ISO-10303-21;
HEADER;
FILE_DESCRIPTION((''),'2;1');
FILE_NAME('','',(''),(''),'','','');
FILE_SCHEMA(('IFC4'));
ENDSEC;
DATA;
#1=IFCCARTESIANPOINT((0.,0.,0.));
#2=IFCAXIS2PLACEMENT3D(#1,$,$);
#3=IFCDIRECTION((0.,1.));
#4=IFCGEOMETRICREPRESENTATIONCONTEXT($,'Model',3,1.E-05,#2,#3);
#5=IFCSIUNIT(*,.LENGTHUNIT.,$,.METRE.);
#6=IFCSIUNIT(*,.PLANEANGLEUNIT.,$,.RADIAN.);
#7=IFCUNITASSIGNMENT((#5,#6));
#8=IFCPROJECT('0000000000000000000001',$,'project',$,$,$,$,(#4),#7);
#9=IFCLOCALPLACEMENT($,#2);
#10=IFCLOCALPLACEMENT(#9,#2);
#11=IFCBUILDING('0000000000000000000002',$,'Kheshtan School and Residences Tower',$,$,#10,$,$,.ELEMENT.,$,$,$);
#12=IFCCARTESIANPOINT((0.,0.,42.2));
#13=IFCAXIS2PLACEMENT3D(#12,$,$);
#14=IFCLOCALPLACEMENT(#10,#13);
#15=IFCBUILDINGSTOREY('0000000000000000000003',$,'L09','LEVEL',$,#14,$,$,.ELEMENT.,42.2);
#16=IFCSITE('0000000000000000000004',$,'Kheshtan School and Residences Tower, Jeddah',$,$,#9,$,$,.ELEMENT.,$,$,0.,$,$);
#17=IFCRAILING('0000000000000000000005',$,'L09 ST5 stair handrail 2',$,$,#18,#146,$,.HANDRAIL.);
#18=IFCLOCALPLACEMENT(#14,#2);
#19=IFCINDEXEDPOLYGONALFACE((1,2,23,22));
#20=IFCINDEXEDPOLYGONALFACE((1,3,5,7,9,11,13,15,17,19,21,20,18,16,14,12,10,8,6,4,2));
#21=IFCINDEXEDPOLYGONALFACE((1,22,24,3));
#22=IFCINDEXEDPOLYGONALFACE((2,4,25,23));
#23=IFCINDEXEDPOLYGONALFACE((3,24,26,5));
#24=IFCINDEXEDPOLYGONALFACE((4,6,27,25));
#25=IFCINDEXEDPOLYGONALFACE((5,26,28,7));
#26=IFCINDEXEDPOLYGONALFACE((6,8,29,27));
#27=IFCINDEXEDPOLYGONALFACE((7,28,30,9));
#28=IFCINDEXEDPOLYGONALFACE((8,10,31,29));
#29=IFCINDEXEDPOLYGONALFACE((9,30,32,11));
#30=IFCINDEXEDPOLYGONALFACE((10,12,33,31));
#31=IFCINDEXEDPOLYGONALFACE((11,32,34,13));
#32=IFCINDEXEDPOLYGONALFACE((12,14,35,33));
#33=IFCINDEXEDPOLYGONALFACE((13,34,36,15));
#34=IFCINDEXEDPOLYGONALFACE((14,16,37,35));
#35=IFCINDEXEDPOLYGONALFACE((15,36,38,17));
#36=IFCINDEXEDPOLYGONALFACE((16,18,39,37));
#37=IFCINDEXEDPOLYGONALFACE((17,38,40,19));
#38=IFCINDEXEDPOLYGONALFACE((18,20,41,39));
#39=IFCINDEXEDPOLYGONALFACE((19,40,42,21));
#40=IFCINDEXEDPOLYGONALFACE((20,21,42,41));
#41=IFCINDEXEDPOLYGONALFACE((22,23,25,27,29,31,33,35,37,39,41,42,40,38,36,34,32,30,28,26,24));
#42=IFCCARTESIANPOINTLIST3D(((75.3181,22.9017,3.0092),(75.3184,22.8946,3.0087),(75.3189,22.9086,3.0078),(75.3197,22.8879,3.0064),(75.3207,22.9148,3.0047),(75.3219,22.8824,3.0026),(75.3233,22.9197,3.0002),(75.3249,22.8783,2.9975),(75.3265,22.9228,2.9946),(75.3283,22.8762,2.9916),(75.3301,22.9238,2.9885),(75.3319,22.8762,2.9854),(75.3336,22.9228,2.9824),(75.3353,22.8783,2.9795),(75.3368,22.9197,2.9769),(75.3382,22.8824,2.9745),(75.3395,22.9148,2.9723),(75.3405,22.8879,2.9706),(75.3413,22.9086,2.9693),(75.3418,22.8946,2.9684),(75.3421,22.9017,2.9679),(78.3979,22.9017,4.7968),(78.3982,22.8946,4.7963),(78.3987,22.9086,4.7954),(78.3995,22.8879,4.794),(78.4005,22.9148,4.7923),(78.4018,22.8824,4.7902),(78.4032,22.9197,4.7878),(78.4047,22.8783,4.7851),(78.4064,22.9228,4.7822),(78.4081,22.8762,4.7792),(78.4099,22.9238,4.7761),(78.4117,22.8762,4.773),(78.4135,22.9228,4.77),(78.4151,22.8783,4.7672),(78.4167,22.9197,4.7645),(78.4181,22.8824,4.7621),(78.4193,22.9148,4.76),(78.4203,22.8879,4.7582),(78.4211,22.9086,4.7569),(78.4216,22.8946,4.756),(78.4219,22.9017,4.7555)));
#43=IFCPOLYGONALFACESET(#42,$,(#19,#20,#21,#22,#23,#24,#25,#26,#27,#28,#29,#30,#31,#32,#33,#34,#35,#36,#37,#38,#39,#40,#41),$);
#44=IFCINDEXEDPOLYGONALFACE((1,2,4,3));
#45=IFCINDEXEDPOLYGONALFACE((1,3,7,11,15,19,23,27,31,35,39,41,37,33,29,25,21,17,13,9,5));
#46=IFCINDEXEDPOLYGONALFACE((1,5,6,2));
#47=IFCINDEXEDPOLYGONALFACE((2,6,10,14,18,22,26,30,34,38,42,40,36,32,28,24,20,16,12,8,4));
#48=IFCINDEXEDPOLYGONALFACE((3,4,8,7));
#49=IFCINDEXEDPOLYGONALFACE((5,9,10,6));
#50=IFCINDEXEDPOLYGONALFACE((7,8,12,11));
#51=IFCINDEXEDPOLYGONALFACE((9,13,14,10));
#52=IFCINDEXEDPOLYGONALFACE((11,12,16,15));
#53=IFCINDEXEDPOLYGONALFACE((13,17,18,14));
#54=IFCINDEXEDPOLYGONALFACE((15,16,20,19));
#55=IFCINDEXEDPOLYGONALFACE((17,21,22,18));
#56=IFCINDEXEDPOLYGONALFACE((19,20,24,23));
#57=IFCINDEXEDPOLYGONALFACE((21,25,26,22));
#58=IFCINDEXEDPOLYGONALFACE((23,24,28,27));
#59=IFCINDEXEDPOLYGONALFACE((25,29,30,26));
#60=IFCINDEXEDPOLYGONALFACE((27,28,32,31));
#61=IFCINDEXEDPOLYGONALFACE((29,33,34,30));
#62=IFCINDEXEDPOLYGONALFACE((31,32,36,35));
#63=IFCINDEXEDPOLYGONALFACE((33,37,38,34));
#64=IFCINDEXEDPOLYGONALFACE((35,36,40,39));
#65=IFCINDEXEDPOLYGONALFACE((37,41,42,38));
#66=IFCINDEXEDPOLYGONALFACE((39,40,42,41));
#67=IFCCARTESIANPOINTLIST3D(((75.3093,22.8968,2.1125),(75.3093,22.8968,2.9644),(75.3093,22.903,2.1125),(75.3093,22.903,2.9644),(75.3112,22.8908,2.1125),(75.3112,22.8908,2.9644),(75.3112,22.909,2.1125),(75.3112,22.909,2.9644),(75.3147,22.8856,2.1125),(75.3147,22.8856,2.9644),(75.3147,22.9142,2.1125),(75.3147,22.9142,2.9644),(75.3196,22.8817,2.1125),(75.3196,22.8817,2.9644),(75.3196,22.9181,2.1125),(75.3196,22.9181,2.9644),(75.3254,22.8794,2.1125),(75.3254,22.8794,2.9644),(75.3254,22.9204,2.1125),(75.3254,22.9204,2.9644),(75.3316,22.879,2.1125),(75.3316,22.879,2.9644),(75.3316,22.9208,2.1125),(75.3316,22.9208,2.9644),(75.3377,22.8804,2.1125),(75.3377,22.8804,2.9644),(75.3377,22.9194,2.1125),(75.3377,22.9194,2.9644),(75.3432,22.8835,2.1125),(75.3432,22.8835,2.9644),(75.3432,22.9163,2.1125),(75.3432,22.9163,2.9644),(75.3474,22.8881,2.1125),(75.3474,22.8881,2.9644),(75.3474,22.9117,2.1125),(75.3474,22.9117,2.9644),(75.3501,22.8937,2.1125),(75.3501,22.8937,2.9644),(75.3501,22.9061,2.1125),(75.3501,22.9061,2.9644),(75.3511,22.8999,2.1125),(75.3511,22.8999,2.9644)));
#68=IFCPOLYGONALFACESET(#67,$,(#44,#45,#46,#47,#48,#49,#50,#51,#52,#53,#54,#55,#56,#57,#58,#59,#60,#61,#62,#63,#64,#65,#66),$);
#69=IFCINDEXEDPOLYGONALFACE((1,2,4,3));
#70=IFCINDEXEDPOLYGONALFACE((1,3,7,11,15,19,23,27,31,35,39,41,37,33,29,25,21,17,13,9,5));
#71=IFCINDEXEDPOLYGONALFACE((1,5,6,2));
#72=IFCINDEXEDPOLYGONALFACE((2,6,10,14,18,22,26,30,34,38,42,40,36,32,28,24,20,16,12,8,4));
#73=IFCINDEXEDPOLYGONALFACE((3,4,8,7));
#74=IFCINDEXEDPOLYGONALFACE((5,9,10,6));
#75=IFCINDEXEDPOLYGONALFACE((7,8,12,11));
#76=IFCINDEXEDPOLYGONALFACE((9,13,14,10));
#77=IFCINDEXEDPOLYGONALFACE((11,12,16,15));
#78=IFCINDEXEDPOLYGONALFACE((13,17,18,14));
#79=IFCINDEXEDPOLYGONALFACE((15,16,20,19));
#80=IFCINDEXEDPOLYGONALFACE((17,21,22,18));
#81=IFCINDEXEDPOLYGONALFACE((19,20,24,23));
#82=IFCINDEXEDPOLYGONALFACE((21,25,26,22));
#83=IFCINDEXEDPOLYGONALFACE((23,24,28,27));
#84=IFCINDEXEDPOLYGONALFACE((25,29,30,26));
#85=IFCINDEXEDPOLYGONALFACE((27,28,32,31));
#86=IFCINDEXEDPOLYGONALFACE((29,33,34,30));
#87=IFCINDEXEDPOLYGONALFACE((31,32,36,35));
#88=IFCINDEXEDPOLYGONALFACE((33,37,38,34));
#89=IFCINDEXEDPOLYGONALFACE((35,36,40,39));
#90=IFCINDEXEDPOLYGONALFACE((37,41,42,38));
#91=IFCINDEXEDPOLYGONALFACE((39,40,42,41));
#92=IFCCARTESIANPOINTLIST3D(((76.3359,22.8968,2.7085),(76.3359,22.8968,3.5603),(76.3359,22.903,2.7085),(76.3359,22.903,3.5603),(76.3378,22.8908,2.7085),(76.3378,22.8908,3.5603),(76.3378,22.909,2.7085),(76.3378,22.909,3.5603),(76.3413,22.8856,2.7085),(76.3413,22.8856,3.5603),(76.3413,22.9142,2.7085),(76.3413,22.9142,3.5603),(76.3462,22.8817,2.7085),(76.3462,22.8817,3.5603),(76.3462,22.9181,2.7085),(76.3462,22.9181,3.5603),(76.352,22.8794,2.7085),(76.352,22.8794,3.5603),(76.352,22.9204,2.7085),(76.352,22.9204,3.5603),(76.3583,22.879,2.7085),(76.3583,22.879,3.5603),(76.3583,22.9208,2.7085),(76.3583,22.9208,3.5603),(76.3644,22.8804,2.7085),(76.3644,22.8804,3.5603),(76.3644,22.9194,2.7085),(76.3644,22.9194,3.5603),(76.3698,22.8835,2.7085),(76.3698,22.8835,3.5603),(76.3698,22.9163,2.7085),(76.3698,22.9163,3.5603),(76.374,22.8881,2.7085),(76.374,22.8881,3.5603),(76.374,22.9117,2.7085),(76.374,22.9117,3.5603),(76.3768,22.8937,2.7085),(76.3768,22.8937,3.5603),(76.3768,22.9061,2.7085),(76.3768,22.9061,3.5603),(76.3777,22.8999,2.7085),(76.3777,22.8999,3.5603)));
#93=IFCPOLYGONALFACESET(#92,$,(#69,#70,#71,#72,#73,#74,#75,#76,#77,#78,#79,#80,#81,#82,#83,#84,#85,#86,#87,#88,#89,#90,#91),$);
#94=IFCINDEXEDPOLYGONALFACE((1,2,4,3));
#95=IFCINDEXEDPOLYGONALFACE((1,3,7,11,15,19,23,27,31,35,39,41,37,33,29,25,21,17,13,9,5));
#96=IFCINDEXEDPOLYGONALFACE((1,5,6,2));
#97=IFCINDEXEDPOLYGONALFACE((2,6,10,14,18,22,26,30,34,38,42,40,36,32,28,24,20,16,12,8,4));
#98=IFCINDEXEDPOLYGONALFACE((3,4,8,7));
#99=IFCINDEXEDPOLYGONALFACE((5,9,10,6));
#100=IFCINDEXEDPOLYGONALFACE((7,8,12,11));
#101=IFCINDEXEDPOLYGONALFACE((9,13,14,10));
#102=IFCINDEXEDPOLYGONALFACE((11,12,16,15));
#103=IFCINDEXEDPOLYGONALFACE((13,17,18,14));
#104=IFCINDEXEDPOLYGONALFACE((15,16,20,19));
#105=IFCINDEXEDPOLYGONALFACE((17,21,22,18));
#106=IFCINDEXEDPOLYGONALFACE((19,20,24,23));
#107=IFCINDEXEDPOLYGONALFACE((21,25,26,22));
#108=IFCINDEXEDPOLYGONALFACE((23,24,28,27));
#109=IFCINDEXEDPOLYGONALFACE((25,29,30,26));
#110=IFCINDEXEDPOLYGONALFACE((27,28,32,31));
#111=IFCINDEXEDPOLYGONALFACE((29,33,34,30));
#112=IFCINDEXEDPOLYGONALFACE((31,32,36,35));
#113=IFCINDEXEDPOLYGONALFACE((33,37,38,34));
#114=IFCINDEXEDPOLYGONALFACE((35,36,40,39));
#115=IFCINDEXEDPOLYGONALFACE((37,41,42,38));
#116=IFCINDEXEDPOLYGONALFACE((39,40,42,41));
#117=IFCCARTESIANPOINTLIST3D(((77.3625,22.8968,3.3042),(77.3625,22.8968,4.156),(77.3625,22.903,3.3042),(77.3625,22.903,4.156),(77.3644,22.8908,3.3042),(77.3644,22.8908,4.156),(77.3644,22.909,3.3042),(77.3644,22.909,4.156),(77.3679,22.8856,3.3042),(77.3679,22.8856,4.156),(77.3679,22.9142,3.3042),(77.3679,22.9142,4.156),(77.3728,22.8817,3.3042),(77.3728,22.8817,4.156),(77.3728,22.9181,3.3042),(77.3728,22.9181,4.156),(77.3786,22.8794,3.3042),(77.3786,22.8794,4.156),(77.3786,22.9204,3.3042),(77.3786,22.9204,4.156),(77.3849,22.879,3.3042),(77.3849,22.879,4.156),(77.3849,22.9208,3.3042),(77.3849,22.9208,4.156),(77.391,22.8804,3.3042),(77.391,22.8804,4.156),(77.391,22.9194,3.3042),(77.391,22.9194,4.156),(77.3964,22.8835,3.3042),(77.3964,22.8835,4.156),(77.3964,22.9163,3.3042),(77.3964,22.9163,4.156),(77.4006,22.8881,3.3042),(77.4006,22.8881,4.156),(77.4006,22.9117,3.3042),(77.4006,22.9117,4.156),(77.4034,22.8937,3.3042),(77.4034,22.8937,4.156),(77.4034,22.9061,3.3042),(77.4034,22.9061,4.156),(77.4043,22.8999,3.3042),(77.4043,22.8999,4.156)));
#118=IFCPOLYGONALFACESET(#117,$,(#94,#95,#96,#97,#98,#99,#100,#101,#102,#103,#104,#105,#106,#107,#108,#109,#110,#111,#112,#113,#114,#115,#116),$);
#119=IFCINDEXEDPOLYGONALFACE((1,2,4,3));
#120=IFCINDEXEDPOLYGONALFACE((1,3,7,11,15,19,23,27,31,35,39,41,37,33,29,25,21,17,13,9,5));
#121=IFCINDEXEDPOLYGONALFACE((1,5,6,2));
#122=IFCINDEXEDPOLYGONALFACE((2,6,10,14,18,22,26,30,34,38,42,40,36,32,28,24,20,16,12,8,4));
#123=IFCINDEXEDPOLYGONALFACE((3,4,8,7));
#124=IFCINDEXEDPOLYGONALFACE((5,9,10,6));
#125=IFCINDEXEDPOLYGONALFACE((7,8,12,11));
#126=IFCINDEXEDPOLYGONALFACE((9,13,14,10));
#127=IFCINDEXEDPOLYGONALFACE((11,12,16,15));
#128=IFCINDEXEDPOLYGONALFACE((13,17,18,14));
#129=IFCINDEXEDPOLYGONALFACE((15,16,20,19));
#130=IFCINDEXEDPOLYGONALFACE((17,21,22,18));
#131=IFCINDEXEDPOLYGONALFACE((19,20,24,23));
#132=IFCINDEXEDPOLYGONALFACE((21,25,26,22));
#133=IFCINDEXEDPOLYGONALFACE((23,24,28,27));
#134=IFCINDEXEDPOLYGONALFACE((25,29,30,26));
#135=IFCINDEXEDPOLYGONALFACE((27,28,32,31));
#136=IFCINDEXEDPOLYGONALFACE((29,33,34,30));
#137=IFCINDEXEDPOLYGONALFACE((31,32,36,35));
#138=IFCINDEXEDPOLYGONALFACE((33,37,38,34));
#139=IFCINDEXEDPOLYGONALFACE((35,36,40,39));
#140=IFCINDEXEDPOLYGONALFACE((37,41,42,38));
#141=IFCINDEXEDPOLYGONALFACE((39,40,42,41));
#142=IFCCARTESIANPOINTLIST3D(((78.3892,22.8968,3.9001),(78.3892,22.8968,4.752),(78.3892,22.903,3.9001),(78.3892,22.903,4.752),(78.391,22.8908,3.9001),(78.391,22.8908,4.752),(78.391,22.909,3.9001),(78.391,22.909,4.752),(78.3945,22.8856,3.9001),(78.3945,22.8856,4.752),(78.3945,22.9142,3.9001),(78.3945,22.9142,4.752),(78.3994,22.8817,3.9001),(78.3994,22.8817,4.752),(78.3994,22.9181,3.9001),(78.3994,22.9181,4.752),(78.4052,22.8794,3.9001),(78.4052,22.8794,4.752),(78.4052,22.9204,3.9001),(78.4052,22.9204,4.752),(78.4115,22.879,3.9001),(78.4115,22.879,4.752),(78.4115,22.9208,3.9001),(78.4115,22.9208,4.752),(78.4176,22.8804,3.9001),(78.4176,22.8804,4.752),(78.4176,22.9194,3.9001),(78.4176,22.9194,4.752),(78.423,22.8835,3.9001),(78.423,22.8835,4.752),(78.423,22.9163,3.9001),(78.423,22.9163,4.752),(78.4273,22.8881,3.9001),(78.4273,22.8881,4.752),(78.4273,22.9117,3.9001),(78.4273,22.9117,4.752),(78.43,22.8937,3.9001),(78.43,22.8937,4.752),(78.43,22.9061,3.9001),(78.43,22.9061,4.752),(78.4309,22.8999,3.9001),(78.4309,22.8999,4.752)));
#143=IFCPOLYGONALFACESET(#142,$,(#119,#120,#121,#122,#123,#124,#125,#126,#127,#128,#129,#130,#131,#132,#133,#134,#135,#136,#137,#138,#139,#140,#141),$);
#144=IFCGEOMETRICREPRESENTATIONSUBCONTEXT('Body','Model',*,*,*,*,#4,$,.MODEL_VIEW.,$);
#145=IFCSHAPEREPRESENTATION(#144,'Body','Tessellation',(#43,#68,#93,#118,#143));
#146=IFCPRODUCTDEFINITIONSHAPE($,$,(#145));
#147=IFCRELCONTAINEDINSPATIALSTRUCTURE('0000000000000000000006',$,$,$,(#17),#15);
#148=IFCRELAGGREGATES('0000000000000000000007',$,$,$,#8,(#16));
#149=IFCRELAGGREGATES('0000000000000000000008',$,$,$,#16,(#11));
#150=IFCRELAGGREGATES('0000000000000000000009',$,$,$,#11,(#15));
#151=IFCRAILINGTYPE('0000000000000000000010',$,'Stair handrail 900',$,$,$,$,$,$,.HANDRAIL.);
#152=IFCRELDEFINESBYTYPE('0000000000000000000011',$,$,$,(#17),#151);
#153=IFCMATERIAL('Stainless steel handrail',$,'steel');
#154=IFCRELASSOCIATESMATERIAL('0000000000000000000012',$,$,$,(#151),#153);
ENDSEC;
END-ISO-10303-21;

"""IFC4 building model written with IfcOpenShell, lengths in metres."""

from ifc_helpers import new_model, si_unit, direction, frame, origin, origin_2d, place, context, subcontext, project, spatial, circle, extrude, material, type_object, element, save


model = new_model("IFC4")

# Units and contexts
model_context = context("Model", 3, precision=1e-05, world=origin(), true_north=direction((0.0, 1.0)))
body_context = subcontext(model_context, "Body", "Model", "MODEL_VIEW")
ifc_project = project(units=[si_unit("LENGTHUNIT", "METRE"), si_unit("PLANEANGLEUNIT", "RADIAN")], contexts=[model_context])

# Site, building, storey
site_placement = place(None, origin())
site = spatial("IfcSite", under=ifc_project, at=site_placement, Name="Kheshtan School and Residences Tower, Jeddah", CompositionType="ELEMENT", RefElevation=0.0)
building_placement = place(site_placement, origin())
building = spatial("IfcBuilding", under=site, at=building_placement, Name="Kheshtan School and Residences Tower", CompositionType="ELEMENT")
storey_placement = place(building_placement, frame((0.0, 0.0, 42.2)))
storey = spatial("IfcBuildingStorey", under=building, at=storey_placement, Name="L09", Description="LEVEL", CompositionType="ELEMENT", Elevation=42.2)

# Railing
ifc_material_1 = material(Name="Stainless steel handrail", Category="steel")
railing_type_1 = type_object("IfcRailingType", Name="Stair handrail 900", PredefinedType="HANDRAIL", material=ifc_material_1)
railing_1_placement = place(storey_placement, frame((75.3301, 22.8999, 2.1125)))
element("IfcRailing", 1, at=railing_1_placement, inside=storey, type_object=railing_type_1, Name="L09 ST5 stair handrail 2", PredefinedType="HANDRAIL", context=body_context, shape_type="SweptSolid", body=[
    extrude(circle(Radius=0.0239, at=origin_2d()), frame((0.0, 0.0, 0.876), z_axis=(0.864873, 0.0, 0.50199), x_axis=(0.0, 1.0, 0.0)), (0.0, 0.0, 1.0), 3.561),
    extrude(circle(Radius=0.021, at=origin_2d()), origin(), (0.0, 0.0, 1.0), 0.8518),
    extrude(circle(Radius=0.021, at=origin_2d()), frame((1.0266, 0.0, 0.5959)), (0.0, 0.0, 1.0), 0.8518),
    extrude(circle(Radius=0.021, at=origin_2d()), frame((2.0532, 0.0, 1.1917)), (0.0, 0.0, 1.0), 0.8518),
    extrude(circle(Radius=0.021, at=origin_2d()), frame((3.0798, 0.0, 1.7876)), (0.0, 0.0, 1.0), 0.8518),
])

save(model, "model.ifc")
